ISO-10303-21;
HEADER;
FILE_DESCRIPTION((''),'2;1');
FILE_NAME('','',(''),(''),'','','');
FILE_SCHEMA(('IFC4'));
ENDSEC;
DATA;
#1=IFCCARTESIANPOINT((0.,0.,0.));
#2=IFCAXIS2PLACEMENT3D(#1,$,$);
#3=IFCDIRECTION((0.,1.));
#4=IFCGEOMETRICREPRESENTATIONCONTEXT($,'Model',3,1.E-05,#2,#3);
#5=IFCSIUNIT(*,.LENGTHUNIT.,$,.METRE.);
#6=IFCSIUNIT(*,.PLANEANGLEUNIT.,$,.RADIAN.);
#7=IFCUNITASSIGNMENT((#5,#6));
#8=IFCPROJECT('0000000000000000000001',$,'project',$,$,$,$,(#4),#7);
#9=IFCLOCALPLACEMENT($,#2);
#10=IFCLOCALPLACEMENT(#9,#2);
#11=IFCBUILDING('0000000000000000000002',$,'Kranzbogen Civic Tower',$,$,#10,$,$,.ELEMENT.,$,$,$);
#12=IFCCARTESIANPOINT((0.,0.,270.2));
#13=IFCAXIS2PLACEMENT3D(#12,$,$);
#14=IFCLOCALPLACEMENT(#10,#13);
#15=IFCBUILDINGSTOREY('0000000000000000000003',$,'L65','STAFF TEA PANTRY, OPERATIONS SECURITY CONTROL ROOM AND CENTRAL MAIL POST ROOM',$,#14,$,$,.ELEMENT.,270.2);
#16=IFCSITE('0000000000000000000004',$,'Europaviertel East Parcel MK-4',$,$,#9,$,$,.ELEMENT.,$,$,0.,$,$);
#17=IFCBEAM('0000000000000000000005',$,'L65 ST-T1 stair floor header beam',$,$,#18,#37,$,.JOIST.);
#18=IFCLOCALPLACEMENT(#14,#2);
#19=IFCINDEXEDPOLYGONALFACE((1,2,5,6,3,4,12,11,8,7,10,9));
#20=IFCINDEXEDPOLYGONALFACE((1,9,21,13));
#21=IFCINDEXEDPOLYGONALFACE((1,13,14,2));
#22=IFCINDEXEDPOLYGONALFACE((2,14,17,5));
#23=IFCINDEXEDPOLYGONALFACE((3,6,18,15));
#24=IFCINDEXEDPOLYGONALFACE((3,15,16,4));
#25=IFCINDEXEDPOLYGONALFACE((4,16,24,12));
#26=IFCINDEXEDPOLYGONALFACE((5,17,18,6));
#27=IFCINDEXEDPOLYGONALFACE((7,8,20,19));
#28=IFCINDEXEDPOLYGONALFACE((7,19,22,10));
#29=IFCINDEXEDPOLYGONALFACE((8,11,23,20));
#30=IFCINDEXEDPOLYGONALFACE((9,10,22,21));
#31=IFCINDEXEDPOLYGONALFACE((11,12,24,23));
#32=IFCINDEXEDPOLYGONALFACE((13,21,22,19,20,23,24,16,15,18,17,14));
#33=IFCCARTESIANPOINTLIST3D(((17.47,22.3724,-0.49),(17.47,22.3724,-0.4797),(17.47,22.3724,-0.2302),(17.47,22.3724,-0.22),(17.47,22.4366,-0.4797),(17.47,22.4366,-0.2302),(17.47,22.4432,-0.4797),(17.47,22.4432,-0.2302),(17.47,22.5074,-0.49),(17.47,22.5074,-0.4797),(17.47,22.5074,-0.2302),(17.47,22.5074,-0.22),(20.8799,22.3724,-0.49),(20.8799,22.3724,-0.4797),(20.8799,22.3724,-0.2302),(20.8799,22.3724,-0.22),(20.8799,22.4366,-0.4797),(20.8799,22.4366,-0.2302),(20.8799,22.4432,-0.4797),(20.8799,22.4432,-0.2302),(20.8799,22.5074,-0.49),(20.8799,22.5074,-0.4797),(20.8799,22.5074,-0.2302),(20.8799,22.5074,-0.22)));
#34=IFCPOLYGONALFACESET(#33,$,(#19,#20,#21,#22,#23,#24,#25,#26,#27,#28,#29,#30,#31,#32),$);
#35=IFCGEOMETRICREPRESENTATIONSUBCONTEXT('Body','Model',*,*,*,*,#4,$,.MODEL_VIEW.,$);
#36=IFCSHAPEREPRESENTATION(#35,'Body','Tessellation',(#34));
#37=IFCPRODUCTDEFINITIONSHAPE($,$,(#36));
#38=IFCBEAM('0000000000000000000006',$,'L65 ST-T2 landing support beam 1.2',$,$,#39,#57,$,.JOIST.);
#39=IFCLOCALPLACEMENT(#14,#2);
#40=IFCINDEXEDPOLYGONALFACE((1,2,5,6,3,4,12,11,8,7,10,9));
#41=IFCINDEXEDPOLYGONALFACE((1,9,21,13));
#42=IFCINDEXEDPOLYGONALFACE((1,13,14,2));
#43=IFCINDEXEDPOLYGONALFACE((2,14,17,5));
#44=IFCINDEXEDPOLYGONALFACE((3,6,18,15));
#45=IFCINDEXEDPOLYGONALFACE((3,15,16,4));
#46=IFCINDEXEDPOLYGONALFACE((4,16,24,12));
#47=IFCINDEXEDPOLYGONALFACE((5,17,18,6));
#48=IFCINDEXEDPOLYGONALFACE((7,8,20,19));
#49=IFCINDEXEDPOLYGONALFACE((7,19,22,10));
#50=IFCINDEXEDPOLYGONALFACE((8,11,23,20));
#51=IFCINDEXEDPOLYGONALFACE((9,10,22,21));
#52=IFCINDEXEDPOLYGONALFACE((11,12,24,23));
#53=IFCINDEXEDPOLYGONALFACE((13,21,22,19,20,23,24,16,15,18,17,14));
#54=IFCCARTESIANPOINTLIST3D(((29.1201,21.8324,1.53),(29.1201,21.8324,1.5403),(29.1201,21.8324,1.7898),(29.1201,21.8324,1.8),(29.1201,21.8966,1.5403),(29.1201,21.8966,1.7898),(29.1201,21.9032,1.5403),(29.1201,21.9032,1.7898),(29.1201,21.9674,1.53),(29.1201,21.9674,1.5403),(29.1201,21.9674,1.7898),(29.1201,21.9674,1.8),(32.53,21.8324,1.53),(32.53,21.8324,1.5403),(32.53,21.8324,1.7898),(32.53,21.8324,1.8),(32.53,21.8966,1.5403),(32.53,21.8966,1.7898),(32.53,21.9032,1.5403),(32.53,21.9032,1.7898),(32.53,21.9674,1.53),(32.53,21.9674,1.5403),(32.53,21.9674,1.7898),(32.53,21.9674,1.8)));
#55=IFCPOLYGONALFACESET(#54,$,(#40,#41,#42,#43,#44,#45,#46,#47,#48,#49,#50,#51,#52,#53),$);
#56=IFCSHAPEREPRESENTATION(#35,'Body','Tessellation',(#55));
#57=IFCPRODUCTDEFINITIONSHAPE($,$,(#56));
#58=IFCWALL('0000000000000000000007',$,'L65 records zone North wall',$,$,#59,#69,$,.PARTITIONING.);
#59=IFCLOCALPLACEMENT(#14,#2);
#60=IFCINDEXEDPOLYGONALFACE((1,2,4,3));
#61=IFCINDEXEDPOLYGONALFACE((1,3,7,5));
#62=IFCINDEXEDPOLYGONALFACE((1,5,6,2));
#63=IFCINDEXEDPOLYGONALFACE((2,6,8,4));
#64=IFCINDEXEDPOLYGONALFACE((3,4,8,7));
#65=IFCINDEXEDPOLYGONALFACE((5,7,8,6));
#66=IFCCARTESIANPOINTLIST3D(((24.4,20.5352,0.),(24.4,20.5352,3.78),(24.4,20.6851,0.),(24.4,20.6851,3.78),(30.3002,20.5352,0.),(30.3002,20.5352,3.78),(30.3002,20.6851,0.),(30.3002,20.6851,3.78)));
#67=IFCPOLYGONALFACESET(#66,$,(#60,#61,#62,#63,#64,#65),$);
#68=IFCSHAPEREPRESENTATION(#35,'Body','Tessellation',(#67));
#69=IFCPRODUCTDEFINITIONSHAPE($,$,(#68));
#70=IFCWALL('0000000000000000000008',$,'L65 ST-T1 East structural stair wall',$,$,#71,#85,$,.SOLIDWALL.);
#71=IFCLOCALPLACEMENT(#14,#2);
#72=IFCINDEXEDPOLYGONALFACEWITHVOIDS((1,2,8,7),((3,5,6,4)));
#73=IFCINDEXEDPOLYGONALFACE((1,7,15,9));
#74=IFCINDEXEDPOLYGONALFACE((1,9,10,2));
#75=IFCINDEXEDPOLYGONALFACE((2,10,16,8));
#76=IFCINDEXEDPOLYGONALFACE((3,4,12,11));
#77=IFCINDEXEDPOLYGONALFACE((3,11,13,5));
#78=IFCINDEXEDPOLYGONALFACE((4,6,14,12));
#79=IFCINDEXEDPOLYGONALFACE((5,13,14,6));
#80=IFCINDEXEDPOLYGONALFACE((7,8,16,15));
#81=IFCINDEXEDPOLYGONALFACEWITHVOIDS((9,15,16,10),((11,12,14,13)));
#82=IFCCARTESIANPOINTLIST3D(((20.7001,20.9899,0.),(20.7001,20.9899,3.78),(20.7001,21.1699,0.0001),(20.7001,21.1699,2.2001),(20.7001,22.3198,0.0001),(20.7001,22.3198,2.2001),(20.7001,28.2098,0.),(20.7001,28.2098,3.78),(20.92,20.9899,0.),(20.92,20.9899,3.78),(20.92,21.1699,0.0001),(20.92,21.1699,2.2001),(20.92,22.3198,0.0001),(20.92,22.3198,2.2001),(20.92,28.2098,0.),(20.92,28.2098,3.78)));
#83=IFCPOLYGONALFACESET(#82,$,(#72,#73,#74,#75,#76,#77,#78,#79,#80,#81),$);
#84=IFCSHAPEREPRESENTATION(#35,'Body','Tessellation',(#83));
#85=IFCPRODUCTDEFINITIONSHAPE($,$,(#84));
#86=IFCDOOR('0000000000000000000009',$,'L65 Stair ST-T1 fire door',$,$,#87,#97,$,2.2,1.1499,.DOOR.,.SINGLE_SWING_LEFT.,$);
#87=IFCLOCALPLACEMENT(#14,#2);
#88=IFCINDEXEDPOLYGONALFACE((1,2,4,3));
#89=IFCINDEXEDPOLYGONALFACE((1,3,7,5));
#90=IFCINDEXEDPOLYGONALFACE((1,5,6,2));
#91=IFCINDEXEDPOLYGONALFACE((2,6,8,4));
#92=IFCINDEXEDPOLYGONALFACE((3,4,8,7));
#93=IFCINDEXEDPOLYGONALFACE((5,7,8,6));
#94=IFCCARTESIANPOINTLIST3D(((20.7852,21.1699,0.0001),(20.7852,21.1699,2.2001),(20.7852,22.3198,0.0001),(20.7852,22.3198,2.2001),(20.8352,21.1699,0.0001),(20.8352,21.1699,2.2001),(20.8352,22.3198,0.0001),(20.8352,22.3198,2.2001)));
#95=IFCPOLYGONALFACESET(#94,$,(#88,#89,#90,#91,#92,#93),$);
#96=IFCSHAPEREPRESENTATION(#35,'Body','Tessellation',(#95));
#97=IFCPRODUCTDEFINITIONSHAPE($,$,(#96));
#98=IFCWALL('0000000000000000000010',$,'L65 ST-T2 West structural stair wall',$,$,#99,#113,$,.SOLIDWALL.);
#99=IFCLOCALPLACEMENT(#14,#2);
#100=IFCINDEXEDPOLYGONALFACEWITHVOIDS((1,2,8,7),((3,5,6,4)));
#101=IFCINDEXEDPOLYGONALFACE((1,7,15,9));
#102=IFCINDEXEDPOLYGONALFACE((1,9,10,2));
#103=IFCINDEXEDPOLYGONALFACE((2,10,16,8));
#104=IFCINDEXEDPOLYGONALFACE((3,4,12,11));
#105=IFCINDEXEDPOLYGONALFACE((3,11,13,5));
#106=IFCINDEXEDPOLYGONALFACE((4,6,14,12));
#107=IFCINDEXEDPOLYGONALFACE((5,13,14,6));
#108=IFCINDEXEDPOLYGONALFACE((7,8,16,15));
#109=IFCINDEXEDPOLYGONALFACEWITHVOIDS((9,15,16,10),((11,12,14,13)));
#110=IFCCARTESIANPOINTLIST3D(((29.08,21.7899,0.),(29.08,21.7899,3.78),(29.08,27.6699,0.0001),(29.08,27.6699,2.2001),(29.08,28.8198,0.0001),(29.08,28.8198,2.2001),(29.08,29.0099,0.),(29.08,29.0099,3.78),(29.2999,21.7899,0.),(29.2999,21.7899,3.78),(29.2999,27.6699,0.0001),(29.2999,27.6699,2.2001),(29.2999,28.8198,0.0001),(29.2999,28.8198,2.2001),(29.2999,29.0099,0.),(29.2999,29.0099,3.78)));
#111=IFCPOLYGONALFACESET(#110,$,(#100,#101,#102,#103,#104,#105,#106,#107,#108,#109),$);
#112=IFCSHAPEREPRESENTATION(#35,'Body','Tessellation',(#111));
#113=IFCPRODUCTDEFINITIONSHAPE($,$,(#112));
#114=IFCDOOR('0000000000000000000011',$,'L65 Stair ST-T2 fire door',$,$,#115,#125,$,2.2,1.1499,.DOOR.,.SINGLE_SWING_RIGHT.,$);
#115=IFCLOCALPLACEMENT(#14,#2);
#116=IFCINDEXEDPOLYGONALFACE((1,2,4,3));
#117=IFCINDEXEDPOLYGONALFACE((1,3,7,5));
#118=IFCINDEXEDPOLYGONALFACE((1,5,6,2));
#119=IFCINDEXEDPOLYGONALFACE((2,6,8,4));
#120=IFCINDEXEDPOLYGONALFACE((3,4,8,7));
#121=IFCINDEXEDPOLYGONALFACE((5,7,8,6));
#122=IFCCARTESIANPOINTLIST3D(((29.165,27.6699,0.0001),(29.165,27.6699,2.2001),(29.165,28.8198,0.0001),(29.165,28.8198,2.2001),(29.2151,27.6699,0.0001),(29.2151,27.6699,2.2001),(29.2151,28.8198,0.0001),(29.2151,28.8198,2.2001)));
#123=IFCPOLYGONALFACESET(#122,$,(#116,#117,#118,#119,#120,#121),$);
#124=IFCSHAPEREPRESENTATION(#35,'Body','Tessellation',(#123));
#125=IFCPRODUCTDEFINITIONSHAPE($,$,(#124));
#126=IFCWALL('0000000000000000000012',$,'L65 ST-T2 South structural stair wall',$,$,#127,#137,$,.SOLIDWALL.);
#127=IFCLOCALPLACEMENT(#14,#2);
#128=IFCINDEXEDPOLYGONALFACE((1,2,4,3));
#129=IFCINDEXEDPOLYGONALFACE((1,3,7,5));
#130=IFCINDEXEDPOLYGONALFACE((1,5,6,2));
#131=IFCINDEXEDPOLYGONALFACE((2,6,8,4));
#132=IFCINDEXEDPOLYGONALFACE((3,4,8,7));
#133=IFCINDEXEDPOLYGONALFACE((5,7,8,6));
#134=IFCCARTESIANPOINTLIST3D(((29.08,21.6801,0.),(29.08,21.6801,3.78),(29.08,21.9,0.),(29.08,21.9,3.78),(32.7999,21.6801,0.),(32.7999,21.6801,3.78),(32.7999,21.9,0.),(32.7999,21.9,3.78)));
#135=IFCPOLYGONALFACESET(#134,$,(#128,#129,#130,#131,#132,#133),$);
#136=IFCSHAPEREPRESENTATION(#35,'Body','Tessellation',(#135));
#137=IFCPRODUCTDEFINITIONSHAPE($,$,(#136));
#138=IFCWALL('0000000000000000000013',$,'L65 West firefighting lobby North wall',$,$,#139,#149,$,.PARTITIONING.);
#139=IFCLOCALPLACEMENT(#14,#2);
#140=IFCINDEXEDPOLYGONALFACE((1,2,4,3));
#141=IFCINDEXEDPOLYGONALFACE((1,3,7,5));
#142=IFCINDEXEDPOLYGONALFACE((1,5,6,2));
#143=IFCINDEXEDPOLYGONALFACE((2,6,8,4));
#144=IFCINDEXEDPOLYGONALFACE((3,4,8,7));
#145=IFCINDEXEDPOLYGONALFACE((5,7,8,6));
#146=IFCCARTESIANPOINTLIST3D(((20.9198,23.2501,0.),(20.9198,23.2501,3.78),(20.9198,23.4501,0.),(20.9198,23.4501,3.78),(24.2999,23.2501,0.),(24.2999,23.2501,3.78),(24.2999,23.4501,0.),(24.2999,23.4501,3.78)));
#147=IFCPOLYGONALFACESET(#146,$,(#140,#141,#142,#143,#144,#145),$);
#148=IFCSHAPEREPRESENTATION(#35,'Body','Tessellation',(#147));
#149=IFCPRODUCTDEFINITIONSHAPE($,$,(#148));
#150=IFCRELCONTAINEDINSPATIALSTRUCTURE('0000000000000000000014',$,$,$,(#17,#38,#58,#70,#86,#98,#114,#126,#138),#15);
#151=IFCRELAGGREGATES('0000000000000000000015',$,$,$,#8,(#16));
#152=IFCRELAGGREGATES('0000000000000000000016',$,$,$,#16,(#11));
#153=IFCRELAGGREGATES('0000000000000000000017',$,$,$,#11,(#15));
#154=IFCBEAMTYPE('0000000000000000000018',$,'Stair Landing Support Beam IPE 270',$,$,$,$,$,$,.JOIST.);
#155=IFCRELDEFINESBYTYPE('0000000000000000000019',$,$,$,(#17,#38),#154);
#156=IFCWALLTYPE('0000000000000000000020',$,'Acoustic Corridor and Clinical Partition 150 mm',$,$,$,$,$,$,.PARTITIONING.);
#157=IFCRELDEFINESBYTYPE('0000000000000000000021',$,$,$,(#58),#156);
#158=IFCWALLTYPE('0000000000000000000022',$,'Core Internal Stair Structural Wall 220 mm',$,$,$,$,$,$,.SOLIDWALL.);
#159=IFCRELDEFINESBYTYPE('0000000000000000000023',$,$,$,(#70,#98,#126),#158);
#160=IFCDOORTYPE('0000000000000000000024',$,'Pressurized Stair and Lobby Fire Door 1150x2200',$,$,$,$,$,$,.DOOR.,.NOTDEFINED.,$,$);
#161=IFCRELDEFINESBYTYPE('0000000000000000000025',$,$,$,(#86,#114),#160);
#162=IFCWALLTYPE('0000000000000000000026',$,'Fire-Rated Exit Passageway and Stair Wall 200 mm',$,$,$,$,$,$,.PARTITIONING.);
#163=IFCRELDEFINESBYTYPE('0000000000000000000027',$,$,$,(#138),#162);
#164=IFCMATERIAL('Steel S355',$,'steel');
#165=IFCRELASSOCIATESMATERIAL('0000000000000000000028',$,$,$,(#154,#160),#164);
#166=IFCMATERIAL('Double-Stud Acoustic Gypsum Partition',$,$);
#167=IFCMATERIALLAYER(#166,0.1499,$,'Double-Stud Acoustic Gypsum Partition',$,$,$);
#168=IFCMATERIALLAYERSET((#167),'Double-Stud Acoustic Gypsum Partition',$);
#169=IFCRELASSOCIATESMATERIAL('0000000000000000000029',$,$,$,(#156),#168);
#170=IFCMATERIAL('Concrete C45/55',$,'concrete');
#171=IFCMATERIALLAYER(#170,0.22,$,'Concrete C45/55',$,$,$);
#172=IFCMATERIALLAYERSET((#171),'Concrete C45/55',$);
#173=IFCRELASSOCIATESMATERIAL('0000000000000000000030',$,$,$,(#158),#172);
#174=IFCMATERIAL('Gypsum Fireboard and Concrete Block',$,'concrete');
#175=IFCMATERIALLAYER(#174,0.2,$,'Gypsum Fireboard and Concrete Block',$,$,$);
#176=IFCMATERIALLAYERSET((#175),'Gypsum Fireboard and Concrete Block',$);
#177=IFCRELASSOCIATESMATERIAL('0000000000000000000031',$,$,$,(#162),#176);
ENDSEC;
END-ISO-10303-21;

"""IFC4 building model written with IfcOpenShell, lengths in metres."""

from ifc_helpers import new_model, si_unit, direction, frame, frame_2d, origin, origin_2d, place, context, subcontext, project, spatial, rectangle, i_section, extrude, material, layer, layer_set, material_profile, profile_set, type_object, element, fill, save


model = new_model("IFC4")

# Units and contexts
model_context = context("Model", 3, precision=1e-05, world=origin(), true_north=direction((0.0, 1.0)))
body_context = subcontext(model_context, "Body", "Model", "MODEL_VIEW")
ifc_project = project(units=[si_unit("LENGTHUNIT", "METRE"), si_unit("PLANEANGLEUNIT", "RADIAN")], contexts=[model_context])

# Site, building, storey
site_placement = place(None, origin())
site = spatial("IfcSite", under=ifc_project, at=site_placement, Name="Europaviertel East Parcel MK-4", CompositionType="ELEMENT", RefElevation=0.0)
building_placement = place(site_placement, origin())
building = spatial("IfcBuilding", under=site, at=building_placement, Name="Kranzbogen Civic Tower", CompositionType="ELEMENT")
storey_placement = place(building_placement, frame((0.0, 0.0, 270.2)))
storey = spatial("IfcBuildingStorey", under=building, at=storey_placement, Name="L65", Description="STAFF TEA PANTRY, OPERATIONS SECURITY CONTROL ROOM AND CENTRAL MAIL POST ROOM", CompositionType="ELEMENT", Elevation=270.2)

# Beams
ifc_material_1 = material(Name="Steel S355", Category="steel")
ifc_material_profile = material_profile(ifc_material_1, i_section(OverallWidth=0.135, OverallDepth=0.27, WebThickness=0.0066, FlangeThickness=0.0103, at=origin_2d()), Name="IPE 270")
ifc_profile_set = profile_set([ifc_material_profile], Name="Steel S355")
beam_type = type_object("IfcBeamType", Name="Stair Landing Support Beam IPE 270", PredefinedType="JOIST", material=ifc_profile_set)
for number, where, z_axis, x_axis, name in (
    (1, (20.8799, 22.4399, -0.355), (-1.0, 0.0, 0.0), (0.0, -1.0, 0.0), "L65 ST-T1 stair floor header beam"),
    (2, (29.1201, 21.8999, 1.665), (1.0, 0.0, 0.0), (0.0, 1.0, 0.0), "L65 ST-T2 landing support beam 1.2"),
):
    element("IfcBeam", number, at=place(storey_placement, frame(where, z_axis=z_axis, x_axis=x_axis)), inside=storey, type_object=beam_type, Name=name, PredefinedType="JOIST", context=body_context, shape_type="SweptSolid", body=[
        extrude(i_section(OverallWidth=0.135, OverallDepth=0.27, WebThickness=0.0066, FlangeThickness=0.0103, at=origin_2d()), origin(), (0.0, 0.0, 1.0), 3.4099),
    ])

# Wall
ifc_material_2 = material(Name="Double-Stud Acoustic Gypsum Partition")
ifc_layer_1 = layer(ifc_material_2, 0.1499, Name="Double-Stud Acoustic Gypsum Partition")
ifc_layer_set_1 = layer_set([ifc_layer_1], Name="Double-Stud Acoustic Gypsum Partition")
wall_type_1 = type_object("IfcWallType", Name="Acoustic Corridor and Clinical Partition 150 mm", PredefinedType="PARTITIONING", material=ifc_layer_set_1)
wall_1_placement = place(storey_placement, frame((24.3999, 20.6101, 0.0), z_axis=(0.0, 0.0, 1.0), x_axis=(1.0, 0.0, 0.0)))
element("IfcWall", 3, at=wall_1_placement, inside=storey, type_object=wall_type_1, Name="L65 records zone North wall", PredefinedType="PARTITIONING", context=body_context, shape_type="SweptSolid", body=[
    extrude(rectangle(XDim=5.9001, YDim=0.1499, at=frame_2d((2.9502, 0.0))), origin(), (0.0, 0.0, 1.0), 3.78),
])

# Walls, openings, doors
ifc_material_3 = material(Name="Concrete C45/55", Category="concrete")
ifc_layer_2 = layer(ifc_material_3, 0.22, Name="Concrete C45/55")
ifc_layer_set_2 = layer_set([ifc_layer_2], Name="Concrete C45/55")
wall_type_2 = type_object("IfcWallType", Name="Core Internal Stair Structural Wall 220 mm", PredefinedType="SOLIDWALL", material=ifc_layer_set_2)
wall_2_placement = place(storey_placement, frame((20.8101, 20.99, 0.0), z_axis=(0.0, 0.0, 1.0), x_axis=(0.0, 1.0, 0.0)))
wall_2 = element("IfcWall", 4, at=wall_2_placement, inside=storey, type_object=wall_type_2, Name="L65 ST-T1 East structural stair wall", PredefinedType="SOLIDWALL", context=body_context, shape_type="SweptSolid", body=[
    extrude(rectangle(XDim=7.22, YDim=0.22, at=frame_2d((3.6099, 0.0))), origin(), (0.0, 0.0, 1.0), 3.78),
])
opening_1_placement = place(wall_2_placement, frame((0.1799, 0.0, 0.0)))
opening_1 = element("IfcOpeningElement", 5, at=opening_1_placement, cuts=wall_2, PredefinedType="OPENING", context=body_context, shape_type="SweptSolid", body=[
    extrude(rectangle(XDim=1.1499, YDim=2.2, at=frame_2d((0.575, 1.1001))), frame((0.0, 0.1201, 0.0), z_axis=(0.0, -1.0, 0.0), x_axis=(1.0, 0.0, 0.0)), (0.0, 0.0, 1.0), 0.24),
])
door_type_1 = type_object("IfcDoorType", Name="Pressurized Stair and Lobby Fire Door 1150x2200", OperationType="NOTDEFINED", PredefinedType="DOOR", material=ifc_material_1)
door_1_placement = place(opening_1_placement, origin())
door_1 = element("IfcDoor", 6, at=door_1_placement, inside=storey, type_object=door_type_1, Name="L65 Stair ST-T1 fire door", OperationType="SINGLE_SWING_LEFT", OverallHeight=2.2, OverallWidth=1.1499, PredefinedType="DOOR", context=body_context, shape_type="SweptSolid", body=[
    extrude(rectangle(XDim=1.1499, YDim=2.2, at=frame_2d((0.575, 1.1001))), frame((0.0, 0.0249, 0.0), z_axis=(0.0, -1.0, 0.0), x_axis=(1.0, 0.0, 0.0)), (0.0, 0.0, 1.0), 0.05),
])
fill(opening_1, door_1)
wall_3_placement = place(storey_placement, frame((29.1899, 21.79, 0.0), z_axis=(0.0, 0.0, 1.0), x_axis=(0.0, 1.0, 0.0)))
wall_3 = element("IfcWall", 7, at=wall_3_placement, inside=storey, type_object=wall_type_2, Name="L65 ST-T2 West structural stair wall", PredefinedType="SOLIDWALL", context=body_context, shape_type="SweptSolid", body=[
    extrude(rectangle(XDim=7.22, YDim=0.22, at=frame_2d((3.6099, 0.0))), origin(), (0.0, 0.0, 1.0), 3.78),
])
opening_2_placement = place(wall_3_placement, frame((5.8799, 0.0, 0.0)))
opening_2 = element("IfcOpeningElement", 8, at=opening_2_placement, cuts=wall_3, PredefinedType="OPENING", context=body_context, shape_type="SweptSolid", body=[
    extrude(rectangle(XDim=1.1499, YDim=2.2, at=frame_2d((0.575, 1.1001))), frame((0.0, 0.1201, 0.0), z_axis=(0.0, -1.0, 0.0), x_axis=(1.0, 0.0, 0.0)), (0.0, 0.0, 1.0), 0.24),
])
door_2_placement = place(opening_2_placement, origin())
door_2 = element("IfcDoor", 9, at=door_2_placement, inside=storey, type_object=door_type_1, Name="L65 Stair ST-T2 fire door", OperationType="SINGLE_SWING_RIGHT", OverallHeight=2.2, OverallWidth=1.1499, PredefinedType="DOOR", context=body_context, shape_type="SweptSolid", body=[
    extrude(rectangle(XDim=1.1499, YDim=2.2, at=frame_2d((0.575, 1.1001))), frame((0.0, 0.0249, 0.0), z_axis=(0.0, -1.0, 0.0), x_axis=(1.0, 0.0, 0.0)), (0.0, 0.0, 1.0), 0.05),
])
fill(opening_2, door_2)

# Walls
wall_4_placement = place(storey_placement, frame((29.0801, 21.79, 0.0), z_axis=(0.0, 0.0, 1.0), x_axis=(1.0, 0.0, 0.0)))
element("IfcWall", 10, at=wall_4_placement, inside=storey, type_object=wall_type_2, Name="L65 ST-T2 South structural stair wall", PredefinedType="SOLIDWALL", context=body_context, shape_type="SweptSolid", body=[
    extrude(rectangle(XDim=3.72, YDim=0.22, at=frame_2d((1.8599, 0.0))), origin(), (0.0, 0.0, 1.0), 3.78),
])
ifc_material_4 = material(Name="Gypsum Fireboard and Concrete Block", Category="concrete")
ifc_layer_3 = layer(ifc_material_4, 0.2, Name="Gypsum Fireboard and Concrete Block")
ifc_layer_set_3 = layer_set([ifc_layer_3], Name="Gypsum Fireboard and Concrete Block")
wall_type_3 = type_object("IfcWallType", Name="Fire-Rated Exit Passageway and Stair Wall 200 mm", PredefinedType="PARTITIONING", material=ifc_layer_set_3)
wall_5_placement = place(storey_placement, frame((20.9199, 23.3501, 0.0), z_axis=(0.0, 0.0, 1.0), x_axis=(1.0, 0.0, 0.0)))
element("IfcWall", 11, at=wall_5_placement, inside=storey, type_object=wall_type_3, Name="L65 West firefighting lobby North wall", PredefinedType="PARTITIONING", context=body_context, shape_type="SweptSolid", body=[
    extrude(rectangle(XDim=3.3801, YDim=0.2, at=frame_2d((1.6899, 0.0))), origin(), (0.0, 0.0, 1.0), 3.78),
])

save(model, "model.ifc")
